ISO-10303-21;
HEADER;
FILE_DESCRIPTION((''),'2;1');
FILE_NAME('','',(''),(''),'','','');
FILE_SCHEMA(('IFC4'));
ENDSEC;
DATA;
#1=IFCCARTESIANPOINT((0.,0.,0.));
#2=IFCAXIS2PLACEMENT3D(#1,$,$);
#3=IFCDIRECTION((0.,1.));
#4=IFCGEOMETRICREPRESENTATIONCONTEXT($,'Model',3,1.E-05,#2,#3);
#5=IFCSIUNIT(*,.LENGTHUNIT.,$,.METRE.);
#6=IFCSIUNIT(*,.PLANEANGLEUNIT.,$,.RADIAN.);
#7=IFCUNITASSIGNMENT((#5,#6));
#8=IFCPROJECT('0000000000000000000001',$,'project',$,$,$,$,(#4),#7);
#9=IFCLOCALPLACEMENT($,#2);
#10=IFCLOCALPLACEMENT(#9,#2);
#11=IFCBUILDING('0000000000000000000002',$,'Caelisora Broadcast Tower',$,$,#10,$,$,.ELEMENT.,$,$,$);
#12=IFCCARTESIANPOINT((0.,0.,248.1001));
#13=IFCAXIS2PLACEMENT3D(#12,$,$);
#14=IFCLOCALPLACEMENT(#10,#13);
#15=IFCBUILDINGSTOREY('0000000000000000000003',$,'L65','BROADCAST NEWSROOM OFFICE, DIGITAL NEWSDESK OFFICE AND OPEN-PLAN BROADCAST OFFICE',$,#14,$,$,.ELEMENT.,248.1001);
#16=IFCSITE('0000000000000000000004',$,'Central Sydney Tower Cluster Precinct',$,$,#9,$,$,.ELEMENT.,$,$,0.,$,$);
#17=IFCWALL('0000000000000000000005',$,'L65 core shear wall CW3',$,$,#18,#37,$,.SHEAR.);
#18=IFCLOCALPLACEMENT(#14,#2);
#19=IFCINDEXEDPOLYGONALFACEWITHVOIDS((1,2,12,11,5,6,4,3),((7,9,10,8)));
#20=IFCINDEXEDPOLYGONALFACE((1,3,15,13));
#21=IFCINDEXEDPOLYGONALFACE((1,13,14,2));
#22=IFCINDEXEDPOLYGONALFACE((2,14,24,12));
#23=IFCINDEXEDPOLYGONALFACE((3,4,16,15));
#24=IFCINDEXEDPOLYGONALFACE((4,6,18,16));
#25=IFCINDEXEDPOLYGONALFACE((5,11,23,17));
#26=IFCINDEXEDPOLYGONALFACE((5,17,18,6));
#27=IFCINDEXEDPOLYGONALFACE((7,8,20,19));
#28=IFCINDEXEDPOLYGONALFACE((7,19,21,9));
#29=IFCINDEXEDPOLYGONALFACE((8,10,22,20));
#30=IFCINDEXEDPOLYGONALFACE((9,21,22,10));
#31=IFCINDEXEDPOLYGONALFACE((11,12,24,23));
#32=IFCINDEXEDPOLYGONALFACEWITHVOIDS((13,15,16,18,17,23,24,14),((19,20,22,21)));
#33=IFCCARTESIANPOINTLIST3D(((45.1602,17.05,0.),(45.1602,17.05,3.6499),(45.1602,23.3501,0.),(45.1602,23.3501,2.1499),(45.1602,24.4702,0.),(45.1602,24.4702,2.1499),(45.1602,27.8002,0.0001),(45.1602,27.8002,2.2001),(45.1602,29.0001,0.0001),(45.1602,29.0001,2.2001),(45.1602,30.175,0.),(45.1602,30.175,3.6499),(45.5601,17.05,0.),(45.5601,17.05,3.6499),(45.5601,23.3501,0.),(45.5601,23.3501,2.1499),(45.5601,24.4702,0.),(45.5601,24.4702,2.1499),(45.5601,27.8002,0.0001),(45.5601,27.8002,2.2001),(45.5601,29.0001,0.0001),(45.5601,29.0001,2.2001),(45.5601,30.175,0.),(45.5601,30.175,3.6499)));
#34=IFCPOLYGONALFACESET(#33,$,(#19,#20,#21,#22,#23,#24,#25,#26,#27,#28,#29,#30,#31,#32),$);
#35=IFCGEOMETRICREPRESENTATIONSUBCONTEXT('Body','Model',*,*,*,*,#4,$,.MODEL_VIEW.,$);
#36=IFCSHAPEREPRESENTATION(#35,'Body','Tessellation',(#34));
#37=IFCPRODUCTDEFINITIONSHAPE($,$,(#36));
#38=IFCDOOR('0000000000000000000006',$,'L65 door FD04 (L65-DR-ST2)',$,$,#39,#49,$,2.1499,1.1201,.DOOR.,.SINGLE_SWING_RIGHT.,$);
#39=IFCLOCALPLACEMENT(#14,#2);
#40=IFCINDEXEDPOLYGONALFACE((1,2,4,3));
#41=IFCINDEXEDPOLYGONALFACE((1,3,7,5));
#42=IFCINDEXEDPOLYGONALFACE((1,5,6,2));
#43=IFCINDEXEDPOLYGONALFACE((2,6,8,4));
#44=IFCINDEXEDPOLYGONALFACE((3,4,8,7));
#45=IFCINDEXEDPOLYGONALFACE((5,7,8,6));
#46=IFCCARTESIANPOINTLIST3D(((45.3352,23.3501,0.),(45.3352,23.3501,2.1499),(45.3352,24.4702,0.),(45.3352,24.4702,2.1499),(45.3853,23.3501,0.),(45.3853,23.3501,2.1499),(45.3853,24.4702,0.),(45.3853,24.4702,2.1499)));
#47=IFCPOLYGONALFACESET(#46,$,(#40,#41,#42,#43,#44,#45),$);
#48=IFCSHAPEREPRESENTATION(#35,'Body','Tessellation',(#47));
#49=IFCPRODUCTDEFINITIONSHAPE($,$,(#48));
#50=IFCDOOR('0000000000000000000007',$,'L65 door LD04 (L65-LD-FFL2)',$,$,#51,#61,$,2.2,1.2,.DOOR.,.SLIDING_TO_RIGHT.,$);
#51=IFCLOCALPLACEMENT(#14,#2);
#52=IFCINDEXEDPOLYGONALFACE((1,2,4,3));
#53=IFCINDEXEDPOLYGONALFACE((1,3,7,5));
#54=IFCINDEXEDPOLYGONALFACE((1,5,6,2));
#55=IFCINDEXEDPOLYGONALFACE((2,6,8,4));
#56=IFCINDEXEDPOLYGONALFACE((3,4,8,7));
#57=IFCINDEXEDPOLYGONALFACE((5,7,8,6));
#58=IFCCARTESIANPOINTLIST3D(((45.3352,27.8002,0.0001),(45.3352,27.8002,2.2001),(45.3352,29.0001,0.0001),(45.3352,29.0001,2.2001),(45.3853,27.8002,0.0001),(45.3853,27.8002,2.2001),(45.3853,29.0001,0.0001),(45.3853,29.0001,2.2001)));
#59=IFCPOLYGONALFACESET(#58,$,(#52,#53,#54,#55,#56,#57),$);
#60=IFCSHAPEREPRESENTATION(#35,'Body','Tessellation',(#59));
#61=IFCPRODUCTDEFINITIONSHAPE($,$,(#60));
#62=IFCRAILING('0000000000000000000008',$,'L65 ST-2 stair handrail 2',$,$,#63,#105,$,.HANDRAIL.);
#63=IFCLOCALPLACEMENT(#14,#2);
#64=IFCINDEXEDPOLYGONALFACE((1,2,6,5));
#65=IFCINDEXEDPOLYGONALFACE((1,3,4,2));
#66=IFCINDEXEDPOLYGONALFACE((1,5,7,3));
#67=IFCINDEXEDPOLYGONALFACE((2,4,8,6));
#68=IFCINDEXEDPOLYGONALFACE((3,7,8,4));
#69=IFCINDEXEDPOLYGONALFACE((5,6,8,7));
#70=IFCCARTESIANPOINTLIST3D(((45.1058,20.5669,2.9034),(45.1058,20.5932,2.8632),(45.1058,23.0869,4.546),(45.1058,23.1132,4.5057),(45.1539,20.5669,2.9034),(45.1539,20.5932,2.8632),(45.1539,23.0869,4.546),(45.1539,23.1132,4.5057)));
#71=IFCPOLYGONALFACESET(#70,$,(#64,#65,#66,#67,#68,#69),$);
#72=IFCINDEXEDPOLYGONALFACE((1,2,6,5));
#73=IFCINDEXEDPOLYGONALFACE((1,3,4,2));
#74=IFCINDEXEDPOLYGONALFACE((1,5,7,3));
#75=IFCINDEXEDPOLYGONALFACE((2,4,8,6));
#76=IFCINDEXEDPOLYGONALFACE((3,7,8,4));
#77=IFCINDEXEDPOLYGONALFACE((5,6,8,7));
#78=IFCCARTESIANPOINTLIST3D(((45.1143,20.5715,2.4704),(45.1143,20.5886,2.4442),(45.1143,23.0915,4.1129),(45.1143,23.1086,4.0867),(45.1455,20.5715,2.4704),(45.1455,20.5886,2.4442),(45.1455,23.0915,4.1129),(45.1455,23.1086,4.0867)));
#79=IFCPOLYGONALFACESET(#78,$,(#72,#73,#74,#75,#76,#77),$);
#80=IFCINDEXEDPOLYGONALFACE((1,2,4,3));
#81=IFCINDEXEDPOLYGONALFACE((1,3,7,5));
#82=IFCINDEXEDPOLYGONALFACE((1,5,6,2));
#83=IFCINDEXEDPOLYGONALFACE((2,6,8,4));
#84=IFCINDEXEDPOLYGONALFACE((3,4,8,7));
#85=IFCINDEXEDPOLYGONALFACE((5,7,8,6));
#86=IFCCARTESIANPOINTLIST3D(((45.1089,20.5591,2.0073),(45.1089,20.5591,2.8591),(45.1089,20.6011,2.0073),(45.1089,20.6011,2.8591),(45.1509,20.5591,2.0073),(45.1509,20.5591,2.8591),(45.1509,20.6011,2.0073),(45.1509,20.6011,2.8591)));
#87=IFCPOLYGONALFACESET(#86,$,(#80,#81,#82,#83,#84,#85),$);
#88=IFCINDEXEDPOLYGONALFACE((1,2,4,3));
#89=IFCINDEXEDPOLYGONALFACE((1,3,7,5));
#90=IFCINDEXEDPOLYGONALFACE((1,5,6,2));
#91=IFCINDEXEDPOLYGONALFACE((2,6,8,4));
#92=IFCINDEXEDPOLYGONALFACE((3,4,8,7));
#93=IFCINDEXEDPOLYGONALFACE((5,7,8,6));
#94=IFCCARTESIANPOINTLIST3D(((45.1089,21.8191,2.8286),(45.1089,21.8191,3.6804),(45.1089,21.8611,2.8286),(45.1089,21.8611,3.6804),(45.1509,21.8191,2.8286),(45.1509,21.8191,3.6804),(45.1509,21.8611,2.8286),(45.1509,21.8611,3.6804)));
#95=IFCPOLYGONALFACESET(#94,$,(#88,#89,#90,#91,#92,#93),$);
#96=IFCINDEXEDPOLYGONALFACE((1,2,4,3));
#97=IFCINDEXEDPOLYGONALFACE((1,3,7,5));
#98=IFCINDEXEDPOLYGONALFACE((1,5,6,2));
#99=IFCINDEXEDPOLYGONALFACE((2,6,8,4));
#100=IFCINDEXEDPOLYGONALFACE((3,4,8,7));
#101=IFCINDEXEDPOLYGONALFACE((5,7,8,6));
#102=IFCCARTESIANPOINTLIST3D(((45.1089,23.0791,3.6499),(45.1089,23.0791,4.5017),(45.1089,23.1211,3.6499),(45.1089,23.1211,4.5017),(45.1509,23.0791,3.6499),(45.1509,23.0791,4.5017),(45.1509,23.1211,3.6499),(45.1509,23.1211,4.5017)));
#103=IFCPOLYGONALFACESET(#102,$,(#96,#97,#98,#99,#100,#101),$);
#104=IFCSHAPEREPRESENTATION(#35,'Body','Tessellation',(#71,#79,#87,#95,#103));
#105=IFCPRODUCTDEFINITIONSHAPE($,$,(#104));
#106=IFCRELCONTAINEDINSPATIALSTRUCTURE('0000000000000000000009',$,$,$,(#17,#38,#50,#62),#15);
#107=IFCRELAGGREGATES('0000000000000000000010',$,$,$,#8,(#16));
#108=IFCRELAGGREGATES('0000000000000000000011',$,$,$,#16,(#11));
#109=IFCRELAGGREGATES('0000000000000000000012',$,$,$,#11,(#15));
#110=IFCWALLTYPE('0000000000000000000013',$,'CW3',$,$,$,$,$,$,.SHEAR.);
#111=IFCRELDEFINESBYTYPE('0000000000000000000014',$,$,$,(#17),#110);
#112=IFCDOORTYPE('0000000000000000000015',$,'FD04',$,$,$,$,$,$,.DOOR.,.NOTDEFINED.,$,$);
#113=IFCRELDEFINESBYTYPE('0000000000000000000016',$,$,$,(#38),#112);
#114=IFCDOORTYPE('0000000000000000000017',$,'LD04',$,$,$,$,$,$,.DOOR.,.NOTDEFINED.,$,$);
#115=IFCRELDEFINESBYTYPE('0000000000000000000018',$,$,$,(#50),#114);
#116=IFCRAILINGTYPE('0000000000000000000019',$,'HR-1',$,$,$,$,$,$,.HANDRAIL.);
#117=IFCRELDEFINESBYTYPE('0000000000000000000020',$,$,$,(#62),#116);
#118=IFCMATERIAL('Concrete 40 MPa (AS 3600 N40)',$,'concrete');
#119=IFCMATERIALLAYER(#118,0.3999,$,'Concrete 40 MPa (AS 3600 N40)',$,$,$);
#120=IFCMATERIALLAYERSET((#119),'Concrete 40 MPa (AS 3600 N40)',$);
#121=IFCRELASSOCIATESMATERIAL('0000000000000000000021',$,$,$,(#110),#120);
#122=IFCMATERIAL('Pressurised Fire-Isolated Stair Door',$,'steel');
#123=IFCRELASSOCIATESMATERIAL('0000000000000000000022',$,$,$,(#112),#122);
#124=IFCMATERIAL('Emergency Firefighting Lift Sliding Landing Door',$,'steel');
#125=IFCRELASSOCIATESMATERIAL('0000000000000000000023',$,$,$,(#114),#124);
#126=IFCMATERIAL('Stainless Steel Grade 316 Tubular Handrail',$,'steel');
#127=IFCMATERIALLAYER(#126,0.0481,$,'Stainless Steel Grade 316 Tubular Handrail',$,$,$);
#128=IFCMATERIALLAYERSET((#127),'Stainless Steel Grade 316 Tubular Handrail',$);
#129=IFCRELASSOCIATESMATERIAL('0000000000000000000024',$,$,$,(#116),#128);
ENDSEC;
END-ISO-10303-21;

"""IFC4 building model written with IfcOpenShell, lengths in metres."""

from ifc_helpers import new_model, si_unit, direction, frame, frame_2d, origin, origin_2d, place, context, subcontext, project, spatial, rectangle, extrude, material, layer, layer_set, type_object, element, fill, save


model = new_model("IFC4")

# Units and contexts
model_context = context("Model", 3, precision=1e-05, world=origin(), true_north=direction((0.0, 1.0)))
body_context = subcontext(model_context, "Body", "Model", "MODEL_VIEW")
ifc_project = project(units=[si_unit("LENGTHUNIT", "METRE"), si_unit("PLANEANGLEUNIT", "RADIAN")], contexts=[model_context])

# Site, building, storey
site_placement = place(None, origin())
site = spatial("IfcSite", under=ifc_project, at=site_placement, Name="Central Sydney Tower Cluster Precinct", CompositionType="ELEMENT", RefElevation=0.0)
building_placement = place(site_placement, origin())
building = spatial("IfcBuilding", under=site, at=building_placement, Name="Caelisora Broadcast Tower", CompositionType="ELEMENT")
storey_placement = place(building_placement, frame((0.0, 0.0, 248.1001)))
storey = spatial("IfcBuildingStorey", under=building, at=storey_placement, Name="L65", Description="BROADCAST NEWSROOM OFFICE, DIGITAL NEWSDESK OFFICE AND OPEN-PLAN BROADCAST OFFICE", CompositionType="ELEMENT", Elevation=248.1001)

# Wall, openings, doors
ifc_material_1 = material(Name="Concrete 40 MPa (AS 3600 N40)", Category="concrete")
ifc_layer_1 = layer(ifc_material_1, 0.3999, Name="Concrete 40 MPa (AS 3600 N40)")
ifc_layer_set_1 = layer_set([ifc_layer_1], Name="Concrete 40 MPa (AS 3600 N40)")
wall_type = type_object("IfcWallType", Name="CW3", PredefinedType="SHEAR", material=ifc_layer_set_1)
wall_placement = place(storey_placement, frame((45.3601, 17.05, 0.0), z_axis=(0.0, 0.0, 1.0), x_axis=(0.0, 1.0, 0.0)))
wall = element("IfcWall", 1, at=wall_placement, inside=storey, type_object=wall_type, Name="L65 core shear wall CW3", PredefinedType="SHEAR", context=body_context, shape_type="SweptSolid", body=[
    extrude(rectangle(XDim=13.125, YDim=0.3999, at=frame_2d((6.5625, 0.0))), origin(), (0.0, 0.0, 1.0), 3.6499),
])
opening_1_placement = place(wall_placement, frame((6.3, 0.0, 0.0)))
opening_1 = element("IfcOpeningElement", 2, at=opening_1_placement, cuts=wall, PredefinedType="OPENING", context=body_context, shape_type="SweptSolid", body=[
    extrude(rectangle(XDim=1.1201, YDim=2.1499, at=frame_2d((0.5601, 1.075))), frame((0.0, 0.2119, 0.0), z_axis=(0.0, -1.0, 0.0), x_axis=(1.0, 0.0, 0.0)), (0.0, 0.0, 1.0), 0.4238),
])
opening_2_placement = place(wall_placement, frame((10.75, 0.0, 0.0)))
opening_2 = element("IfcOpeningElement", 3, at=opening_2_placement, cuts=wall, PredefinedType="OPENING", context=body_context, shape_type="SweptSolid", body=[
    extrude(rectangle(XDim=1.2, YDim=2.2, at=frame_2d((0.6001, 1.1001))), frame((0.0, 0.2119, 0.0), z_axis=(0.0, -1.0, 0.0), x_axis=(1.0, 0.0, 0.0)), (0.0, 0.0, 1.0), 0.4238),
])
ifc_material_2 = material(Name="Pressurised Fire-Isolated Stair Door", Category="steel")
door_type_1 = type_object("IfcDoorType", Name="FD04", OperationType="NOTDEFINED", PredefinedType="DOOR", material=ifc_material_2)
door_1_placement = place(opening_1_placement, origin())
door_1 = element("IfcDoor", 4, at=door_1_placement, inside=storey, type_object=door_type_1, Name="L65 door FD04 (L65-DR-ST2)", OperationType="SINGLE_SWING_RIGHT", OverallHeight=2.1499, OverallWidth=1.1201, PredefinedType="DOOR", context=body_context, shape_type="SweptSolid", body=[
    extrude(rectangle(XDim=1.1201, YDim=2.1499, at=frame_2d((0.5601, 1.075))), frame((0.0, 0.0249, 0.0), z_axis=(0.0, -1.0, 0.0), x_axis=(1.0, 0.0, 0.0)), (0.0, 0.0, 1.0), 0.05),
])
fill(opening_1, door_1)
ifc_material_3 = material(Name="Emergency Firefighting Lift Sliding Landing Door", Category="steel")
door_type_2 = type_object("IfcDoorType", Name="LD04", OperationType="NOTDEFINED", PredefinedType="DOOR", material=ifc_material_3)
door_2_placement = place(opening_2_placement, origin())
door_2 = element("IfcDoor", 5, at=door_2_placement, inside=storey, type_object=door_type_2, Name="L65 door LD04 (L65-LD-FFL2)", OperationType="SLIDING_TO_RIGHT", OverallHeight=2.2, OverallWidth=1.2, PredefinedType="DOOR", context=body_context, shape_type="SweptSolid", body=[
    extrude(rectangle(XDim=1.2, YDim=2.2, at=frame_2d((0.6001, 1.1001))), frame((0.0, 0.0249, 0.0), z_axis=(0.0, -1.0, 0.0), x_axis=(1.0, 0.0, 0.0)), (0.0, 0.0, 1.0), 0.05),
])
fill(opening_2, door_2)

# Railing
ifc_material_4 = material(Name="Stainless Steel Grade 316 Tubular Handrail", Category="steel")
ifc_layer_2 = layer(ifc_material_4, 0.0481, Name="Stainless Steel Grade 316 Tubular Handrail")
ifc_layer_set_2 = layer_set([ifc_layer_2], Name="Stainless Steel Grade 316 Tubular Handrail")
railing_type = type_object("IfcRailingType", Name="HR-1", PredefinedType="HANDRAIL", material=ifc_layer_set_2)
railing_placement = place(storey_placement, frame((45.1299, 20.5801, 2.0073)))
element("IfcRailing", 6, at=railing_placement, inside=storey, type_object=railing_type, Name="L65 ST-2 stair handrail 2", PredefinedType="HANDRAIL", context=body_context, shape_type="SweptSolid", body=[
    extrude(rectangle(XDim=0.0481, YDim=0.0481, at=origin_2d()), frame((0.0, 0.0, 0.876), z_axis=(0.0, 0.837749, 0.546055), x_axis=(-1.0, 0.0, 0.0)), (0.0, 0.0, 1.0), 3.0081),
    extrude(rectangle(XDim=0.0312, YDim=0.0312, at=origin_2d()), frame((0.0, 0.0, 0.45), z_axis=(0.0, 0.837749, 0.546055), x_axis=(-1.0, 0.0, 0.0)), (0.0, 0.0, 1.0), 3.0081),
    extrude(rectangle(XDim=0.042, YDim=0.042, at=origin_2d()), origin(), (0.0, 0.0, 1.0), 0.8518),
    extrude(rectangle(XDim=0.042, YDim=0.042, at=origin_2d()), frame((0.0, 1.26, 0.8213)), (0.0, 0.0, 1.0), 0.8518),
    extrude(rectangle(XDim=0.042, YDim=0.042, at=origin_2d()), frame((0.0, 2.52, 1.6426)), (0.0, 0.0, 1.0), 0.8518),
])

save(model, "model.ifc")
